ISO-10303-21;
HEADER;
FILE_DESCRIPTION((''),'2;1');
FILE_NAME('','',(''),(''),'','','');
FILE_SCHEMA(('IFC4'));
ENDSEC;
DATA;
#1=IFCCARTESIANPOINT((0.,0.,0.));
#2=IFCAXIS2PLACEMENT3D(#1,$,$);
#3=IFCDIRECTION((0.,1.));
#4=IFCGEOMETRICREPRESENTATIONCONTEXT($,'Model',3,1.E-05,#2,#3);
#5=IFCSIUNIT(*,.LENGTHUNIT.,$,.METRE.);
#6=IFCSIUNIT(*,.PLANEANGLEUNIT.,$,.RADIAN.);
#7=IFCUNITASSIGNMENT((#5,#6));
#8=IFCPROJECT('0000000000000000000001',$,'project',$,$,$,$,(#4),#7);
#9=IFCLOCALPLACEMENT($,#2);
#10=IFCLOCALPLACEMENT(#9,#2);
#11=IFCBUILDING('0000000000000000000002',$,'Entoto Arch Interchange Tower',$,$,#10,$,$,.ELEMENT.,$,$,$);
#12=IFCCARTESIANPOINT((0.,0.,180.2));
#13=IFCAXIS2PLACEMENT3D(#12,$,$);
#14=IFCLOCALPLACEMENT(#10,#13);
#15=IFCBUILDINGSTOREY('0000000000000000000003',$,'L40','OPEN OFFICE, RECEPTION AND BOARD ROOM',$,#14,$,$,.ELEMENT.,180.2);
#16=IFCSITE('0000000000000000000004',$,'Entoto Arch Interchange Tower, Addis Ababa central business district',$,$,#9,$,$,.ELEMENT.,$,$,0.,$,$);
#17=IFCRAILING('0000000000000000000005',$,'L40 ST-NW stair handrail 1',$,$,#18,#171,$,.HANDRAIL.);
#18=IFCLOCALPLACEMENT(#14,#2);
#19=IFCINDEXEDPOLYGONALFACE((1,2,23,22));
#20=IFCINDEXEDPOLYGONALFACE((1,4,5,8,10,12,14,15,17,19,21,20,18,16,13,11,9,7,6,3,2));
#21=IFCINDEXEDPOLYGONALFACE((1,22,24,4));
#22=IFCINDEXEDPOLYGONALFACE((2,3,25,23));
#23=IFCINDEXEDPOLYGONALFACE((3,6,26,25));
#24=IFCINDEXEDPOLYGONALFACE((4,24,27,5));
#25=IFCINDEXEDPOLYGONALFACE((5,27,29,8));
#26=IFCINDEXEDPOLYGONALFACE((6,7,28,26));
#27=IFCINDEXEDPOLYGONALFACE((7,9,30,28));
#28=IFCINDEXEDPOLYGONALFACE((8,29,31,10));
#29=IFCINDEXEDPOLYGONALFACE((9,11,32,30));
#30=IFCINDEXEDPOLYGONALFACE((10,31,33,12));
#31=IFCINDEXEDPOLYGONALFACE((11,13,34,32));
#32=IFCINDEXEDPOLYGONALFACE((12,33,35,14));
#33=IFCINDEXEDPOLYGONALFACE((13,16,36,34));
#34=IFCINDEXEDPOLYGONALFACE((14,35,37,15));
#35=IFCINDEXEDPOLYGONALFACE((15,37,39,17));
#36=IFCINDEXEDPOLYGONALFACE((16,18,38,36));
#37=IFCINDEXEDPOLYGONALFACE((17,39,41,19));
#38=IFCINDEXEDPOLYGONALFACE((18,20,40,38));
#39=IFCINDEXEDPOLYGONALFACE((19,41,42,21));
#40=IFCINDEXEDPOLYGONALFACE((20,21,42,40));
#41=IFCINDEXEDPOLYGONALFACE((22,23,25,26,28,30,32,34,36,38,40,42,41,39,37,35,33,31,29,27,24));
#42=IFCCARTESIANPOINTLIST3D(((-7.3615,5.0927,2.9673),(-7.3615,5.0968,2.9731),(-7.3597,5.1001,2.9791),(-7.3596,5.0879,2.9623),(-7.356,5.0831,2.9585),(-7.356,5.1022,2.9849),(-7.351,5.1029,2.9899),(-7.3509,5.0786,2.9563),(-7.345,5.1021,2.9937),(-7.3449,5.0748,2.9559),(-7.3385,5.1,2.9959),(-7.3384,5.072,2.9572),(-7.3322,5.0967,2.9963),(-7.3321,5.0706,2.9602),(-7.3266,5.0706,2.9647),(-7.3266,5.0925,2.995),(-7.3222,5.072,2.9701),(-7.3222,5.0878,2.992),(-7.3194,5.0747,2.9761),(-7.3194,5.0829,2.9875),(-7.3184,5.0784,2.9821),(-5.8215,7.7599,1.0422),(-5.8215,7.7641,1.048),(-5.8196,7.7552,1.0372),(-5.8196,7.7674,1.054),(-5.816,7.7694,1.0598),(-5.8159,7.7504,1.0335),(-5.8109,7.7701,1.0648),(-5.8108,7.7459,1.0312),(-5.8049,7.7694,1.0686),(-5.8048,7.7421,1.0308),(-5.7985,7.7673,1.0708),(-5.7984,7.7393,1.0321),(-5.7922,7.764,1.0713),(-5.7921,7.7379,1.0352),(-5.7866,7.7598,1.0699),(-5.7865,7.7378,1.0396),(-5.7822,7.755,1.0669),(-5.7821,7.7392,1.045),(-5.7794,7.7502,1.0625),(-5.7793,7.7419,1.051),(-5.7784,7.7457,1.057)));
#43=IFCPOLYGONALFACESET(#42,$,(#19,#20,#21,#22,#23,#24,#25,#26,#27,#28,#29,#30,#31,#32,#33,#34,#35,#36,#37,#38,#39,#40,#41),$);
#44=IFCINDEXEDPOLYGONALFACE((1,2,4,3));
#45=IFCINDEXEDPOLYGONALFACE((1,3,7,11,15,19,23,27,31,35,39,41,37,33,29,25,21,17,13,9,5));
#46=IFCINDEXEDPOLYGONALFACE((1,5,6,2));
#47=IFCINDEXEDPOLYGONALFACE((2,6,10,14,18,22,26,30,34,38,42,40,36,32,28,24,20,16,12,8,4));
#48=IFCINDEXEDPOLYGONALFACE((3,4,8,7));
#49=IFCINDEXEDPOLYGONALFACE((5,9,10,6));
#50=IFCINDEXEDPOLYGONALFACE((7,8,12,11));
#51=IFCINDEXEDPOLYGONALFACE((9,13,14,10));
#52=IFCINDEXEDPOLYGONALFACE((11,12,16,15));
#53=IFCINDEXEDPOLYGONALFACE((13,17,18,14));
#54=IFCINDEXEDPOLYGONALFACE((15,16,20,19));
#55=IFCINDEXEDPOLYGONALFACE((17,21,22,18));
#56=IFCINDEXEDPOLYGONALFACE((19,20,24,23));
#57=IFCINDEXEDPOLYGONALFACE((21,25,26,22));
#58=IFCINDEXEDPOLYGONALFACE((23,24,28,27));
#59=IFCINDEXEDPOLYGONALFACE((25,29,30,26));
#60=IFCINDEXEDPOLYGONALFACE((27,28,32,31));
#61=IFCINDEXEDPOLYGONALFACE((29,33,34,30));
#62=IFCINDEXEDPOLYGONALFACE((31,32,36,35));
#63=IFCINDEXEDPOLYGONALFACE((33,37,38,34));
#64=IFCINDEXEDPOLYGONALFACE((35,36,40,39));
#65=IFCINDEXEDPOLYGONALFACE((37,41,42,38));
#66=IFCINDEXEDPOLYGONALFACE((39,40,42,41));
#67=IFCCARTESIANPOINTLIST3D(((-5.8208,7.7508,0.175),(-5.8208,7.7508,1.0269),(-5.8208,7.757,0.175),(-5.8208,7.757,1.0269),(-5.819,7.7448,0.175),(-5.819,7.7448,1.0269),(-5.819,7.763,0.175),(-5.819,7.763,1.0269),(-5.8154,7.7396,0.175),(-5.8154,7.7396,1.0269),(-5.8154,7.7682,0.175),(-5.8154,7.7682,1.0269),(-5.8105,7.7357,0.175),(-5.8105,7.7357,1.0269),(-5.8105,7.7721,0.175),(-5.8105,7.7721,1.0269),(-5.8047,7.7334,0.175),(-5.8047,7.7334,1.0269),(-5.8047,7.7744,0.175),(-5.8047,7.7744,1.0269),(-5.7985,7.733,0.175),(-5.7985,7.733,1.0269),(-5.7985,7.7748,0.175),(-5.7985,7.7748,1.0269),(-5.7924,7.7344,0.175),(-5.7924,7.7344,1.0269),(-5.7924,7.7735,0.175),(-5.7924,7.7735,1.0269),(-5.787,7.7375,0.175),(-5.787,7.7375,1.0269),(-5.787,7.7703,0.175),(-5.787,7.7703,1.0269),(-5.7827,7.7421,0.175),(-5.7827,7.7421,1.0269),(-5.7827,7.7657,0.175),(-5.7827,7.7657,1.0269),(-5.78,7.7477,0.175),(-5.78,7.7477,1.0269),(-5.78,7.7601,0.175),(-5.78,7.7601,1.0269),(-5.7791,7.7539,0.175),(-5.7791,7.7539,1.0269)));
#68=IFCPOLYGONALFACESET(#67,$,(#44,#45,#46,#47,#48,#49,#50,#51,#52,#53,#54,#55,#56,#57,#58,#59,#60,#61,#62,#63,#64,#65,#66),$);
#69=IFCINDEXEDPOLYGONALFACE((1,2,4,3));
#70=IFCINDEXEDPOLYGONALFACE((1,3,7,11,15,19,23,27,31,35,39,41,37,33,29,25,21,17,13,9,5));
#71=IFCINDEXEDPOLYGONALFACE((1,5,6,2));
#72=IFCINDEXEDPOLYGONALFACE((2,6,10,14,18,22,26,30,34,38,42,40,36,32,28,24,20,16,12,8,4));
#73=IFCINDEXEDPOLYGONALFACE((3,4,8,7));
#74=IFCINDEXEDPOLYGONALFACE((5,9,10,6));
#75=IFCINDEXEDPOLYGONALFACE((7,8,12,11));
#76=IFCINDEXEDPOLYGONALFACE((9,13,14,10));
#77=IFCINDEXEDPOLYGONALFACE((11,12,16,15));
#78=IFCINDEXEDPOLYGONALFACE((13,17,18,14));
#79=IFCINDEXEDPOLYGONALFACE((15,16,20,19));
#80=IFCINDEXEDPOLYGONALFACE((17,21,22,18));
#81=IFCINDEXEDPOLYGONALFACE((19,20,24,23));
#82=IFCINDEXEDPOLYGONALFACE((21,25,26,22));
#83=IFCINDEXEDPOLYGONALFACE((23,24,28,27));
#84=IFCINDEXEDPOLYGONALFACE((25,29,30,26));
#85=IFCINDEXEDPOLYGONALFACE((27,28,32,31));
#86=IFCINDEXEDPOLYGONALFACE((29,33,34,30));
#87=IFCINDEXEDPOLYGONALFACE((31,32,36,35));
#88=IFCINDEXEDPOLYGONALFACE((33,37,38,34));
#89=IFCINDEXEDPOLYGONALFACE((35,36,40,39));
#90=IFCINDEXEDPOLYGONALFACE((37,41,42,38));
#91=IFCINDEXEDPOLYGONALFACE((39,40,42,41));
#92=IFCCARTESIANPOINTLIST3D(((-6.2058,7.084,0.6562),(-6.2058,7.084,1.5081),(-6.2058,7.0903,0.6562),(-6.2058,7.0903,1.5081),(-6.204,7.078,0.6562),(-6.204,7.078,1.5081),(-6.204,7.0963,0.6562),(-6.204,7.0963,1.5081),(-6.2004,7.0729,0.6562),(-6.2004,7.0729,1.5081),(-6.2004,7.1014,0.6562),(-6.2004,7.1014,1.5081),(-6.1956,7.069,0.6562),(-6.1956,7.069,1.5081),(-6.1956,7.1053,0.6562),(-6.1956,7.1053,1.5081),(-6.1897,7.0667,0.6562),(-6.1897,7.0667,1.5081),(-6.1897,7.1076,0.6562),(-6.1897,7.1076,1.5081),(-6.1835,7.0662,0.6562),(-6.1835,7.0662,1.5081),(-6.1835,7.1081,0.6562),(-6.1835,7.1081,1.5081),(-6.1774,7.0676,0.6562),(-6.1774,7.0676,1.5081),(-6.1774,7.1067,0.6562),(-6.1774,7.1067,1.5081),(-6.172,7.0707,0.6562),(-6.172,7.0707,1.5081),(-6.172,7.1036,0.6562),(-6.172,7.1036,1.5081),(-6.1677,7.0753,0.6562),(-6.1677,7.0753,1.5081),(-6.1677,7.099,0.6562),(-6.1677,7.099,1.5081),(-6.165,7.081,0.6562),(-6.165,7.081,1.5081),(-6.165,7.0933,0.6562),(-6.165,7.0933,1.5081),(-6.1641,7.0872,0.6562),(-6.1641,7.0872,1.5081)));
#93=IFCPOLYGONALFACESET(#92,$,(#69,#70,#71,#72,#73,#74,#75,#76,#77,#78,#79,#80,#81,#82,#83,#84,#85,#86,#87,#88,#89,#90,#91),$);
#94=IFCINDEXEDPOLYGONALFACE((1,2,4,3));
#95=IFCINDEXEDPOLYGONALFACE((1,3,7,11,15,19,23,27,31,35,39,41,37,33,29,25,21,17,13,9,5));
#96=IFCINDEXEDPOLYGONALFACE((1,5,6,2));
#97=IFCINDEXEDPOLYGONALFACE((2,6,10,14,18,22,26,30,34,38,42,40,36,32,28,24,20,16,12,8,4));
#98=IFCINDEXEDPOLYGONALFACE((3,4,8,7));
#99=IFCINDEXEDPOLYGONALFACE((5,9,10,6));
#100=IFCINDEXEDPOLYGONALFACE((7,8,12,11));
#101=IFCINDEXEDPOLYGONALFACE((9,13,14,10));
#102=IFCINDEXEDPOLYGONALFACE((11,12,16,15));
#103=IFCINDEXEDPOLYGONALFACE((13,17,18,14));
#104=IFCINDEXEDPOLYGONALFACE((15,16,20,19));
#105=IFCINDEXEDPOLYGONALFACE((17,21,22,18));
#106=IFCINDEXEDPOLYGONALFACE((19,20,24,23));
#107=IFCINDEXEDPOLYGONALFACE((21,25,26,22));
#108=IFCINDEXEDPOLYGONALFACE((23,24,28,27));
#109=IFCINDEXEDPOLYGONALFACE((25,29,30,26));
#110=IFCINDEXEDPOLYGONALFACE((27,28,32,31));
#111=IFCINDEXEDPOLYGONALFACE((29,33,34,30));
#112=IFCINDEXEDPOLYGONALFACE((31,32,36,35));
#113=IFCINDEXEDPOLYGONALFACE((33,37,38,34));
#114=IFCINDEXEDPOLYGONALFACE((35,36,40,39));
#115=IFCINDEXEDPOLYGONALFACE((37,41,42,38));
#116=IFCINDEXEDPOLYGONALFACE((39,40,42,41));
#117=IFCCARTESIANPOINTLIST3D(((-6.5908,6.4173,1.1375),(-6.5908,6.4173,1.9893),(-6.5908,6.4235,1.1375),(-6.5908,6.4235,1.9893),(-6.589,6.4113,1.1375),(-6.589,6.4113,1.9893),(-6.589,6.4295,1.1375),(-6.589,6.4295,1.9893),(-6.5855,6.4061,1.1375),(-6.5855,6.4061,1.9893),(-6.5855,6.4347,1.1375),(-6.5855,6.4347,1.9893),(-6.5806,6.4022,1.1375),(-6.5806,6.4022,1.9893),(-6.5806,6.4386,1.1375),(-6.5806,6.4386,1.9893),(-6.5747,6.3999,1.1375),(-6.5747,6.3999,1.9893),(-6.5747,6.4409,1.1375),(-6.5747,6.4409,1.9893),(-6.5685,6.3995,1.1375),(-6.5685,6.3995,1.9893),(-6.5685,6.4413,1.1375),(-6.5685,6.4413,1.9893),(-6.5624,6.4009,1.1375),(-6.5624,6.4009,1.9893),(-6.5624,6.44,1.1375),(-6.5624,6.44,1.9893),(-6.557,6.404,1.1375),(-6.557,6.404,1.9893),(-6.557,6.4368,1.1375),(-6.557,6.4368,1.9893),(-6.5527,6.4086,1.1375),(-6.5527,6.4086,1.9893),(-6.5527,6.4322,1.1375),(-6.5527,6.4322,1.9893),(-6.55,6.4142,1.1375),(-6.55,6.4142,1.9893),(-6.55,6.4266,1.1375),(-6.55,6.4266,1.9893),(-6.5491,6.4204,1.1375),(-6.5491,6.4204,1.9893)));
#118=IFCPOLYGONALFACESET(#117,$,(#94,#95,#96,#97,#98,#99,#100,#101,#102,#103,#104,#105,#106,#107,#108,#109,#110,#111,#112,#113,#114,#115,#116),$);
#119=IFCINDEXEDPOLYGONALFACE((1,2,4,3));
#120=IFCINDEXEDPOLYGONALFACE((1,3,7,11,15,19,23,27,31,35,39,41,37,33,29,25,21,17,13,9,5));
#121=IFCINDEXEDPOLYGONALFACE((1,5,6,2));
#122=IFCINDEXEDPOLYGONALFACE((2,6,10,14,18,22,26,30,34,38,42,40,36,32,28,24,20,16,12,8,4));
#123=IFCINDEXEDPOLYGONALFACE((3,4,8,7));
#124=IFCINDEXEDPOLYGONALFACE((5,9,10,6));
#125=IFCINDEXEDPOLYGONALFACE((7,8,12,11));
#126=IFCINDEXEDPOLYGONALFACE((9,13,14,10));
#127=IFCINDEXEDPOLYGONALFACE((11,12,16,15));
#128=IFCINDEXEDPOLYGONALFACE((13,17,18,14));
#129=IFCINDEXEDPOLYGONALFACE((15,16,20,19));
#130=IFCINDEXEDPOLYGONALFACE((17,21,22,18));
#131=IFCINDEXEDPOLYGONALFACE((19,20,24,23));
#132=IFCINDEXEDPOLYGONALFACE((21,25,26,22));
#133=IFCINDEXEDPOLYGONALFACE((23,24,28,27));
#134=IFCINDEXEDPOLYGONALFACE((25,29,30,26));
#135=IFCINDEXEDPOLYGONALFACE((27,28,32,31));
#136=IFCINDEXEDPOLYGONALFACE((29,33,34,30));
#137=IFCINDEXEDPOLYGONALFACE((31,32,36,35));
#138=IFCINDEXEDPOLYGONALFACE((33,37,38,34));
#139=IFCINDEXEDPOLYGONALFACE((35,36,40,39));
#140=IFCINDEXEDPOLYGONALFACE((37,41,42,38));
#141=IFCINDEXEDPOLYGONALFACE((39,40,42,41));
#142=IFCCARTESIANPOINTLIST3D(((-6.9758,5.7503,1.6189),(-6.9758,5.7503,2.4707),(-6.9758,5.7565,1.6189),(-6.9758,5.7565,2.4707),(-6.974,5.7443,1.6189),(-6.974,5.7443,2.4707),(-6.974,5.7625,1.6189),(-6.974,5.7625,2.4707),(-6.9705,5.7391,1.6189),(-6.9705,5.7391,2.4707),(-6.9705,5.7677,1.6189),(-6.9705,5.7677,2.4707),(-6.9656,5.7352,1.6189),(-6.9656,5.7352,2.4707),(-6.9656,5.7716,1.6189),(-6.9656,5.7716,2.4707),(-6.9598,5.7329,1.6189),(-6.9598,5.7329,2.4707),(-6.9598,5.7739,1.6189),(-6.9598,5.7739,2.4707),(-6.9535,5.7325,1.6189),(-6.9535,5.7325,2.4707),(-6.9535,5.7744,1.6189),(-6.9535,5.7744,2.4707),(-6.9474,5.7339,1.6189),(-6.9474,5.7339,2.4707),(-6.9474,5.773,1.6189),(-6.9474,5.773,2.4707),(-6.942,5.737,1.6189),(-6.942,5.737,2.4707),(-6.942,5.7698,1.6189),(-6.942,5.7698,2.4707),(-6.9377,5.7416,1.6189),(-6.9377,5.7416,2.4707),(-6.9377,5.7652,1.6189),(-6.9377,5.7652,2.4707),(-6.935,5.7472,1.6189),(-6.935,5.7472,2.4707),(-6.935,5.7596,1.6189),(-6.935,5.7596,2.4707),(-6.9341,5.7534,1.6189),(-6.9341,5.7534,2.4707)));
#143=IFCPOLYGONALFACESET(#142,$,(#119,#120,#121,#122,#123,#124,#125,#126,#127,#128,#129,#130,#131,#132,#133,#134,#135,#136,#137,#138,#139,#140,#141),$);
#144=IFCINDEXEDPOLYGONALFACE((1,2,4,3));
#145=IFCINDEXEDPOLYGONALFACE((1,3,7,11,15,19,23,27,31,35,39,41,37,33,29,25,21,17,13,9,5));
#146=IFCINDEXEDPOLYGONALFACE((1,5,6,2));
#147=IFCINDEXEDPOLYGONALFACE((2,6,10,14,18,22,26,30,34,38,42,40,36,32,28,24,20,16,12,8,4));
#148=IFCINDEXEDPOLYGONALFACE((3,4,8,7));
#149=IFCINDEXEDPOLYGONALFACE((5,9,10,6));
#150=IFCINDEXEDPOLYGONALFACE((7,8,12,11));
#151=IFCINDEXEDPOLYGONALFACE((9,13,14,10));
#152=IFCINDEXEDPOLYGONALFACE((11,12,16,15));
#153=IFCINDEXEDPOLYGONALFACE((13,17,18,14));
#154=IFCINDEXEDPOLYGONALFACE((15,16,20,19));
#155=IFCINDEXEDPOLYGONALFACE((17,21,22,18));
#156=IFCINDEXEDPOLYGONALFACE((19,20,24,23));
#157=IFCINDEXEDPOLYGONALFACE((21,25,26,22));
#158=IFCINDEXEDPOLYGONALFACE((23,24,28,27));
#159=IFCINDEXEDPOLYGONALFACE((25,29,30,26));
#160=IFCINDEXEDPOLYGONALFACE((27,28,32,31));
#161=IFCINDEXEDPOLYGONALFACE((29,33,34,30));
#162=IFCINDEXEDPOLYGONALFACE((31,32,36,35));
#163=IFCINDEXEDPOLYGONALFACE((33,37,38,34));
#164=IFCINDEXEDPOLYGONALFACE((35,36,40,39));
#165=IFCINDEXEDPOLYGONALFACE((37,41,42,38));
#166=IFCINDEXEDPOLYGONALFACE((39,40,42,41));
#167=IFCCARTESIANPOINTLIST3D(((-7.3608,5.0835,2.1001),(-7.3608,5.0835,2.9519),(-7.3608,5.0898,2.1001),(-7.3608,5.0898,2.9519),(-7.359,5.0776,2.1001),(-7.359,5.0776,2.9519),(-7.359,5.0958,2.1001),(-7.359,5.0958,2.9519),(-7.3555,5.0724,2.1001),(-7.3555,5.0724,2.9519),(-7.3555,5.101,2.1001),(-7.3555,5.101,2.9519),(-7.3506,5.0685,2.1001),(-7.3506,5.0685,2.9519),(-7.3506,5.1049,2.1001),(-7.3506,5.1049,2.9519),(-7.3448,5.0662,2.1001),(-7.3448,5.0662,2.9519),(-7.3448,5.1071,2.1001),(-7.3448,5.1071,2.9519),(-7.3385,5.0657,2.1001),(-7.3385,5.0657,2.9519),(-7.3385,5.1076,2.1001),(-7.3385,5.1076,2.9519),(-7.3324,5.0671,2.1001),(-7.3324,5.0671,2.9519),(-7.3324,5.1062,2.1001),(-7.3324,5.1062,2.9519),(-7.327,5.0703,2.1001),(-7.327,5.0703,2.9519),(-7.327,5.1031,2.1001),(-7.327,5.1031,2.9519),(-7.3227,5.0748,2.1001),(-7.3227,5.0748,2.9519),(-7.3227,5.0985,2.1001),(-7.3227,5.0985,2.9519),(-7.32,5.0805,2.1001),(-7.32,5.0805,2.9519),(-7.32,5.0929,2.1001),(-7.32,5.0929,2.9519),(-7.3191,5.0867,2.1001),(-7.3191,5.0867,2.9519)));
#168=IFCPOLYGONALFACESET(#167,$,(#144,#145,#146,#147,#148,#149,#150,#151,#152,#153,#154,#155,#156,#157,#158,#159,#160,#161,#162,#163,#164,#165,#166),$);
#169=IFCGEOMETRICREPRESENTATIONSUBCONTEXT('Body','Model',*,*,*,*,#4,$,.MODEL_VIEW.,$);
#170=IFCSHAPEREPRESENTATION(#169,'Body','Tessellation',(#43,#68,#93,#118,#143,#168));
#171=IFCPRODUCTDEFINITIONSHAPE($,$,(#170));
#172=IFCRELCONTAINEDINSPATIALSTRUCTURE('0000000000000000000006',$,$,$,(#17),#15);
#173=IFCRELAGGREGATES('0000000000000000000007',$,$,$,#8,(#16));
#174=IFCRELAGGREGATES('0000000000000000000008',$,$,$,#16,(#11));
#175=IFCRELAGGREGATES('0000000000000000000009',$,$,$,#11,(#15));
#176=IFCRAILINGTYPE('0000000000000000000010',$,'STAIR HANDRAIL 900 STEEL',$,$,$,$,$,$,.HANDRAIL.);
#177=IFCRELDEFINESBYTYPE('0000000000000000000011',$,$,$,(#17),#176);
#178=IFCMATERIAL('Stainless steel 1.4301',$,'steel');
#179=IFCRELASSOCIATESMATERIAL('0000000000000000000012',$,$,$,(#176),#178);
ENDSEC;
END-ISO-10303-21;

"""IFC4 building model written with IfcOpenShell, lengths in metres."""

from ifc_helpers import new_model, si_unit, direction, frame, origin, origin_2d, place, context, subcontext, project, spatial, circle, extrude, material, type_object, element, save


model = new_model("IFC4")

# Units and contexts
model_context = context("Model", 3, precision=1e-05, world=origin(), true_north=direction((0.0, 1.0)))
body_context = subcontext(model_context, "Body", "Model", "MODEL_VIEW")
ifc_project = project(units=[si_unit("LENGTHUNIT", "METRE"), si_unit("PLANEANGLEUNIT", "RADIAN")], contexts=[model_context])

# Site, building, storey
site_placement = place(None, origin())
site = spatial("IfcSite", under=ifc_project, at=site_placement, Name="Entoto Arch Interchange Tower, Addis Ababa central business district", CompositionType="ELEMENT", RefElevation=0.0)
building_placement = place(site_placement, origin())
building = spatial("IfcBuilding", under=site, at=building_placement, Name="Entoto Arch Interchange Tower", CompositionType="ELEMENT")
storey_placement = place(building_placement, frame((0.0, 0.0, 180.2)))
storey = spatial("IfcBuildingStorey", under=building, at=storey_placement, Name="L40", Description="OPEN OFFICE, RECEPTION AND BOARD ROOM", CompositionType="ELEMENT", Elevation=180.2)

# Railing
ifc_material_1 = material(Name="Stainless steel 1.4301", Category="steel")
railing_type_1 = type_object("IfcRailingType", Name="STAIR HANDRAIL 900 STEEL", PredefinedType="HANDRAIL", material=ifc_material_1)
railing_1_placement = place(storey_placement, frame((-5.8, 7.7539, 0.175)))
element("IfcRailing", 1, at=railing_1_placement, inside=storey, type_object=railing_type_1, Name="L40 ST-NW stair handrail 1", PredefinedType="HANDRAIL", context=body_context, shape_type="SweptSolid", body=[
    extrude(circle(Radius=0.0239, at=origin_2d()), frame((0.0, 0.0, 0.876), z_axis=(-0.424015, -0.734364, 0.530019), x_axis=(0.86601, -0.500027, 0.0)), (0.0, 0.0, 1.0), 3.6321),
    extrude(circle(Radius=0.021, at=origin_2d()), origin(), (0.0, 0.0, 1.0), 0.8518),
    extrude(circle(Radius=0.021, at=origin_2d()), frame((-0.385, -0.6667, 0.4812)), (0.0, 0.0, 1.0), 0.8518),
    extrude(circle(Radius=0.021, at=origin_2d()), frame((-0.77, -1.3335, 0.9624)), (0.0, 0.0, 1.0), 0.8518),
    extrude(circle(Radius=0.021, at=origin_2d()), frame((-1.155, -2.0005, 1.4438)), (0.0, 0.0, 1.0), 0.8518),
    extrude(circle(Radius=0.021, at=origin_2d()), frame((-1.54, -2.6672, 1.925)), (0.0, 0.0, 1.0), 0.8518),
])

save(model, "model.ifc")
